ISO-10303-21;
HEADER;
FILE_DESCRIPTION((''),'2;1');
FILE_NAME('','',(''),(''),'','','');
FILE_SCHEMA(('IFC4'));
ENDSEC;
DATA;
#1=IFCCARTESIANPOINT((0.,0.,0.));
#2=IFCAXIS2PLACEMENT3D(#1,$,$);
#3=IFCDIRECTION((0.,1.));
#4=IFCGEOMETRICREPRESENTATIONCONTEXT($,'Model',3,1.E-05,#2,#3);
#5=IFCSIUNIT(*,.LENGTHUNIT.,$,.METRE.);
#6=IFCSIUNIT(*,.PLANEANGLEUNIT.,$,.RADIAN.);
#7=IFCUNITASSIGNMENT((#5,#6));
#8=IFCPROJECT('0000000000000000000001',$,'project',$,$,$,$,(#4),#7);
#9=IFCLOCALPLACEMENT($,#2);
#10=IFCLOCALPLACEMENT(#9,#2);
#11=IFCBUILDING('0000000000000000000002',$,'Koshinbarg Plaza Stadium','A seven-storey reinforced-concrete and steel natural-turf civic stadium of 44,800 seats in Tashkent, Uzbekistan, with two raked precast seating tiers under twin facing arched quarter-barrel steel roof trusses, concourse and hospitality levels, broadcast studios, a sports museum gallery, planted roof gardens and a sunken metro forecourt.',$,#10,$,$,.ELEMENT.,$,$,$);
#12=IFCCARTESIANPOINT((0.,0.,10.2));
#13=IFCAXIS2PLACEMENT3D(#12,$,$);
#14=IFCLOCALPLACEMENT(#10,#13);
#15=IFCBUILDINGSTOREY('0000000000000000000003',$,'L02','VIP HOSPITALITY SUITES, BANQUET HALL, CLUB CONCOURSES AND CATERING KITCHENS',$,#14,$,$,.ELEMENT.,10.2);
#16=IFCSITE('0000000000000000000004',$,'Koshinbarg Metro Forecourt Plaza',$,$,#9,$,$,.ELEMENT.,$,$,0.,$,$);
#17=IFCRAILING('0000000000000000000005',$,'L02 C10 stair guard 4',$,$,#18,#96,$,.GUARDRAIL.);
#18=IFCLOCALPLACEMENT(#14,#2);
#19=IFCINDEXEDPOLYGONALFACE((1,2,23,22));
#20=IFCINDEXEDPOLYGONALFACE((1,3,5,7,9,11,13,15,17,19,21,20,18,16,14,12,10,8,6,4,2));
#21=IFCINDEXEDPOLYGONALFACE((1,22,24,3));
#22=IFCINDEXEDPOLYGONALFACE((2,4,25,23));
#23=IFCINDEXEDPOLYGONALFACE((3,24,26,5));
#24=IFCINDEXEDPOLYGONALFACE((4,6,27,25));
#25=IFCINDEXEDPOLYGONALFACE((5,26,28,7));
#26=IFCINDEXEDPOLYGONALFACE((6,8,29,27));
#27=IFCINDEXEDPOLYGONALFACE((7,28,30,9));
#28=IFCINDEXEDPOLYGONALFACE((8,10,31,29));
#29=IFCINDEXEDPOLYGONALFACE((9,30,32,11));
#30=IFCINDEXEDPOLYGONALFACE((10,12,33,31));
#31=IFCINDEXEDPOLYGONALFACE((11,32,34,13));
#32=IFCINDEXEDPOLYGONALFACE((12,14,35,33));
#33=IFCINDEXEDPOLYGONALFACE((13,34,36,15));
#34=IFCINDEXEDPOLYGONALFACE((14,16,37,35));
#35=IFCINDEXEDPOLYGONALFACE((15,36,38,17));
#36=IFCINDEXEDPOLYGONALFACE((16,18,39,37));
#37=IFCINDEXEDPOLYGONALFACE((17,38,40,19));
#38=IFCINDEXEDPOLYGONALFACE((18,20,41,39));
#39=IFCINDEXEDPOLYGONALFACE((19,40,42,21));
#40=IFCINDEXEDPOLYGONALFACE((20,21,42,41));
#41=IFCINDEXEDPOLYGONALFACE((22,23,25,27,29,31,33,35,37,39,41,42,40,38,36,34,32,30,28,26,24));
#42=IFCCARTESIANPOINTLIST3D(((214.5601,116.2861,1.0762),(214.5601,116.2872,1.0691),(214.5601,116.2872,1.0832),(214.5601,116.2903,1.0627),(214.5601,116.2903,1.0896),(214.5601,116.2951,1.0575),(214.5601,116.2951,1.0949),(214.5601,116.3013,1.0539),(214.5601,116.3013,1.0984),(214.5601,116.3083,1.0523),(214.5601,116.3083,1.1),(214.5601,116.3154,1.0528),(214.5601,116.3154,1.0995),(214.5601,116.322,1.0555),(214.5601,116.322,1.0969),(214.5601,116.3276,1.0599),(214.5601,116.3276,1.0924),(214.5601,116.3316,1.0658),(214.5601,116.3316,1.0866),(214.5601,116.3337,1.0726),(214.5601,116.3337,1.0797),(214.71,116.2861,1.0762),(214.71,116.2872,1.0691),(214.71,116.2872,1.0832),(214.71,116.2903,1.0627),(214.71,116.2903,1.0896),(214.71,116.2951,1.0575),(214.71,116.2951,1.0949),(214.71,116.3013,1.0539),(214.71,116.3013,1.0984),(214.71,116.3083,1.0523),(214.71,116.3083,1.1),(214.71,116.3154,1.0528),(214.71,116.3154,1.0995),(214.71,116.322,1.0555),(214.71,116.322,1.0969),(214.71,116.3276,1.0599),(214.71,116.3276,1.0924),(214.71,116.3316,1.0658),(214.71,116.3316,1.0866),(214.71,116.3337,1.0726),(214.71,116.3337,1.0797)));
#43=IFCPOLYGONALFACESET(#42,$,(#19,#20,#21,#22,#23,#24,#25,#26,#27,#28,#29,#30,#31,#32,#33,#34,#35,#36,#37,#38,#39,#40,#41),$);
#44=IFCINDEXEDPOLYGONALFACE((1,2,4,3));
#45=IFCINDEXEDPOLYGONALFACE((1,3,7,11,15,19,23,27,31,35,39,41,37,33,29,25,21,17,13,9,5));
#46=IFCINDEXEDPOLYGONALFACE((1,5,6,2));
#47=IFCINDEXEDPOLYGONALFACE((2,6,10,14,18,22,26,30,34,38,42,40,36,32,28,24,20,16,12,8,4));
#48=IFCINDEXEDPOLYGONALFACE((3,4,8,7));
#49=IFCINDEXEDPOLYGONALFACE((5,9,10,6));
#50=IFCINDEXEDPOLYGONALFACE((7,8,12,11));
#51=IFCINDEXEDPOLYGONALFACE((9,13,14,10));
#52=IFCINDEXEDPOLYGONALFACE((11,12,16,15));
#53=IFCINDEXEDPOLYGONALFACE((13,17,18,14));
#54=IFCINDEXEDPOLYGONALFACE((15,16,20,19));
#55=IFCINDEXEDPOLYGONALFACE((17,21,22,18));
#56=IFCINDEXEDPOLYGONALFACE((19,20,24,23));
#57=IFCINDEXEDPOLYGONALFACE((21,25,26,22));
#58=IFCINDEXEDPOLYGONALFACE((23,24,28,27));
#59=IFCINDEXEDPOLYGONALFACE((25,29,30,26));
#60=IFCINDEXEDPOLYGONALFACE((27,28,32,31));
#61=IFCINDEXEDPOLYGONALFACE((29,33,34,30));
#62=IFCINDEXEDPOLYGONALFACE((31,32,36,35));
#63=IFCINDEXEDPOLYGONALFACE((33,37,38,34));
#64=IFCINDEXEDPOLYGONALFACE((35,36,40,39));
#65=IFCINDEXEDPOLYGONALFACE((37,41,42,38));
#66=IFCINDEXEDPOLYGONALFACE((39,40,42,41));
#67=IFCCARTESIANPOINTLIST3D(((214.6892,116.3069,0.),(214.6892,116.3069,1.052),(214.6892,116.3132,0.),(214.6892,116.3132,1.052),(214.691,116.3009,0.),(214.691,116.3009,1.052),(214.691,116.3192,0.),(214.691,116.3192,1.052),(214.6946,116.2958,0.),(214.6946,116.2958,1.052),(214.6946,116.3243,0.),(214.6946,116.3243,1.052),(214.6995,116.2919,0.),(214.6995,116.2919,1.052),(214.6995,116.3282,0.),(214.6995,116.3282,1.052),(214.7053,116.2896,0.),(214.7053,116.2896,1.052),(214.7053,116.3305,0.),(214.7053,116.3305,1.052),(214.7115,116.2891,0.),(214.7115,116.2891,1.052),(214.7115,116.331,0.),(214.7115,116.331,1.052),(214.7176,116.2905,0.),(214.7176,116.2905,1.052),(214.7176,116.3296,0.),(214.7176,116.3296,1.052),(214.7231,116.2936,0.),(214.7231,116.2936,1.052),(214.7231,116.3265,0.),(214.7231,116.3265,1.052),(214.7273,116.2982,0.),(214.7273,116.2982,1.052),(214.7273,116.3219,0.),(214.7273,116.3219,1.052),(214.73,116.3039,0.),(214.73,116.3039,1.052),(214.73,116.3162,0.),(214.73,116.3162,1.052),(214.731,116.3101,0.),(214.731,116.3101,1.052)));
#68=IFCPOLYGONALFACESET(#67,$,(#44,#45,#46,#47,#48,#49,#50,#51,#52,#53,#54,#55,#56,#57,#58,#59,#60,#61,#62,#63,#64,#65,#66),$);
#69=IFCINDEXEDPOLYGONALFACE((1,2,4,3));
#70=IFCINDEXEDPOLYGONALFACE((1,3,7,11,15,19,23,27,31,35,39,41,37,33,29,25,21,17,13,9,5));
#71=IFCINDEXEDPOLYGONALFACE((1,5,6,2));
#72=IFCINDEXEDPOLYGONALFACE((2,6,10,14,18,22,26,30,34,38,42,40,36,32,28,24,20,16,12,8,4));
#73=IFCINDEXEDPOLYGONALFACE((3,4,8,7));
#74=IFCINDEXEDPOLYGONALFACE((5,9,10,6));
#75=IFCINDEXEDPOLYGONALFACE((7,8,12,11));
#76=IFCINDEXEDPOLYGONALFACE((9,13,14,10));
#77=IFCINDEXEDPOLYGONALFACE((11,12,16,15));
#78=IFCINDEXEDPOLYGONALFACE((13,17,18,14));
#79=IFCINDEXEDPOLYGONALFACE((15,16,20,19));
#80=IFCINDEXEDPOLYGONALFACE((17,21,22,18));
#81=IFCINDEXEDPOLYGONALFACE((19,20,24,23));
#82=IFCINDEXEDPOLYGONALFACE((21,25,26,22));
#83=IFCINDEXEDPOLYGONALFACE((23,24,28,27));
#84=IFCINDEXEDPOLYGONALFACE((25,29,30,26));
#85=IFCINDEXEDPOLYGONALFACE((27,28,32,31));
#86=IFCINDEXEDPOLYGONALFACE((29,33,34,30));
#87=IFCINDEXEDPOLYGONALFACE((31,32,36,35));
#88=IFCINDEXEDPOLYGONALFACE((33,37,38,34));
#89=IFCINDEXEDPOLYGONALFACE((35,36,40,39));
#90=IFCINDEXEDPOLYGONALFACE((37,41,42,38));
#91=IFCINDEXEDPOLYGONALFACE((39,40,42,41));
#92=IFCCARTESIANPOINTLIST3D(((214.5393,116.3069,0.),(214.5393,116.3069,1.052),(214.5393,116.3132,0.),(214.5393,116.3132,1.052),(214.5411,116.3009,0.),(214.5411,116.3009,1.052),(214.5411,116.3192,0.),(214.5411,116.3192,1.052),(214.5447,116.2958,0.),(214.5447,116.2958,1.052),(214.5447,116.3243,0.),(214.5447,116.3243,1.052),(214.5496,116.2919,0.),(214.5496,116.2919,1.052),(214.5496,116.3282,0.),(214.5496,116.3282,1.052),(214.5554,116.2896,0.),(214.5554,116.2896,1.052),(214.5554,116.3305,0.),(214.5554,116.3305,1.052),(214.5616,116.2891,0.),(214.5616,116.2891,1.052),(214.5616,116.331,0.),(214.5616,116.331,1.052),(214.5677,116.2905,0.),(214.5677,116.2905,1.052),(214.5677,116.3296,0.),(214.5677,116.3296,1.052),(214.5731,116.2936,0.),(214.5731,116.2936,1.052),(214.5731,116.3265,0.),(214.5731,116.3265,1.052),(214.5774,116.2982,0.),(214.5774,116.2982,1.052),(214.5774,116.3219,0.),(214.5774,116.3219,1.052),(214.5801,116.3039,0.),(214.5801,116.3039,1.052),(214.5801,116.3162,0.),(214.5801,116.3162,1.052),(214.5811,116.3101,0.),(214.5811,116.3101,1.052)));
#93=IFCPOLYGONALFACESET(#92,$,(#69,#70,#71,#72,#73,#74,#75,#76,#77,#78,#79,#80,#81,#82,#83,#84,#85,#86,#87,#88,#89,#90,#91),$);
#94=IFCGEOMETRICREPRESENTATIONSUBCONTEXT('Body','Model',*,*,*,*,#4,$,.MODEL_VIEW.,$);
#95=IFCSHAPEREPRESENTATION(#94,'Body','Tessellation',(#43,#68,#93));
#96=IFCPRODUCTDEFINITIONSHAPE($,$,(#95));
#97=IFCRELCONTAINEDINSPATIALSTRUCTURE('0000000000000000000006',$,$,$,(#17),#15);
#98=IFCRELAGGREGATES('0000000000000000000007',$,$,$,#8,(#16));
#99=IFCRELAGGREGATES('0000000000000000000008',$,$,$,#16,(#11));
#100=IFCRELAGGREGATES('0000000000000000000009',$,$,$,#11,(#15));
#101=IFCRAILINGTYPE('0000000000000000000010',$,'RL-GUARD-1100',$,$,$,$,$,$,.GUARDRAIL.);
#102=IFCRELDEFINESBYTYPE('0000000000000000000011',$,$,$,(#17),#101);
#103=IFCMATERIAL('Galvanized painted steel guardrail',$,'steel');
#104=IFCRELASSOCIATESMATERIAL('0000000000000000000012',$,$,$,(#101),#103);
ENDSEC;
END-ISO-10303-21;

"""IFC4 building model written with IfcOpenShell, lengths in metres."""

from ifc_helpers import new_model, si_unit, direction, frame, origin, origin_2d, place, context, subcontext, project, spatial, circle, extrude, material, type_object, element, save


model = new_model("IFC4")

# Units and contexts
model_context = context("Model", 3, precision=1e-05, world=origin(), true_north=direction((0.0, 1.0)))
body_context = subcontext(model_context, "Body", "Model", "MODEL_VIEW")
ifc_project = project(units=[si_unit("LENGTHUNIT", "METRE"), si_unit("PLANEANGLEUNIT", "RADIAN")], contexts=[model_context])

# Site, building, storey
site_placement = place(None, origin())
site = spatial("IfcSite", under=ifc_project, at=site_placement, Name="Koshinbarg Metro Forecourt Plaza", CompositionType="ELEMENT", RefElevation=0.0)
building_placement = place(site_placement, origin())
building = spatial("IfcBuilding", under=site, at=building_placement, Name="Koshinbarg Plaza Stadium", Description="A seven-storey reinforced-concrete and steel natural-turf civic stadium of 44,800 seats in Tashkent, Uzbekistan, with two raked precast seating tiers under twin facing arched quarter-barrel steel roof trusses, concourse and hospitality levels, broadcast studios, a sports museum gallery, planted roof gardens and a sunken metro forecourt.", CompositionType="ELEMENT")
storey_placement = place(building_placement, frame((0.0, 0.0, 10.2)))
storey = spatial("IfcBuildingStorey", under=building, at=storey_placement, Name="L02", Description="VIP HOSPITALITY SUITES, BANQUET HALL, CLUB CONCOURSES AND CATERING KITCHENS", CompositionType="ELEMENT", Elevation=10.2)

# Railing
ifc_material_1 = material(Name="Galvanized painted steel guardrail", Category="steel")
railing_type_1 = type_object("IfcRailingType", Name="RL-GUARD-1100", PredefinedType="GUARDRAIL", material=ifc_material_1)
railing_1_placement = place(storey_placement, frame((214.71, 116.3101, 0.0)))
element("IfcRailing", 1, at=railing_1_placement, inside=storey, type_object=railing_type_1, Name="L02 C10 stair guard 4", PredefinedType="GUARDRAIL", context=body_context, shape_type="SweptSolid", body=[
    extrude(circle(Radius=0.0239, at=origin_2d()), frame((0.0, 0.0, 1.0762), z_axis=(-1.0, 0.0, 0.0), x_axis=(0.0, -1.0, 0.0)), (0.0, 0.0, 1.0), 0.1499),
    extrude(circle(Radius=0.021, at=origin_2d()), origin(), (0.0, 0.0, 1.0), 1.052),
    extrude(circle(Radius=0.021, at=origin_2d()), frame((-0.1499, 0.0, 0.0)), (0.0, 0.0, 1.0), 1.052),
])

save(model, "model.ifc")
